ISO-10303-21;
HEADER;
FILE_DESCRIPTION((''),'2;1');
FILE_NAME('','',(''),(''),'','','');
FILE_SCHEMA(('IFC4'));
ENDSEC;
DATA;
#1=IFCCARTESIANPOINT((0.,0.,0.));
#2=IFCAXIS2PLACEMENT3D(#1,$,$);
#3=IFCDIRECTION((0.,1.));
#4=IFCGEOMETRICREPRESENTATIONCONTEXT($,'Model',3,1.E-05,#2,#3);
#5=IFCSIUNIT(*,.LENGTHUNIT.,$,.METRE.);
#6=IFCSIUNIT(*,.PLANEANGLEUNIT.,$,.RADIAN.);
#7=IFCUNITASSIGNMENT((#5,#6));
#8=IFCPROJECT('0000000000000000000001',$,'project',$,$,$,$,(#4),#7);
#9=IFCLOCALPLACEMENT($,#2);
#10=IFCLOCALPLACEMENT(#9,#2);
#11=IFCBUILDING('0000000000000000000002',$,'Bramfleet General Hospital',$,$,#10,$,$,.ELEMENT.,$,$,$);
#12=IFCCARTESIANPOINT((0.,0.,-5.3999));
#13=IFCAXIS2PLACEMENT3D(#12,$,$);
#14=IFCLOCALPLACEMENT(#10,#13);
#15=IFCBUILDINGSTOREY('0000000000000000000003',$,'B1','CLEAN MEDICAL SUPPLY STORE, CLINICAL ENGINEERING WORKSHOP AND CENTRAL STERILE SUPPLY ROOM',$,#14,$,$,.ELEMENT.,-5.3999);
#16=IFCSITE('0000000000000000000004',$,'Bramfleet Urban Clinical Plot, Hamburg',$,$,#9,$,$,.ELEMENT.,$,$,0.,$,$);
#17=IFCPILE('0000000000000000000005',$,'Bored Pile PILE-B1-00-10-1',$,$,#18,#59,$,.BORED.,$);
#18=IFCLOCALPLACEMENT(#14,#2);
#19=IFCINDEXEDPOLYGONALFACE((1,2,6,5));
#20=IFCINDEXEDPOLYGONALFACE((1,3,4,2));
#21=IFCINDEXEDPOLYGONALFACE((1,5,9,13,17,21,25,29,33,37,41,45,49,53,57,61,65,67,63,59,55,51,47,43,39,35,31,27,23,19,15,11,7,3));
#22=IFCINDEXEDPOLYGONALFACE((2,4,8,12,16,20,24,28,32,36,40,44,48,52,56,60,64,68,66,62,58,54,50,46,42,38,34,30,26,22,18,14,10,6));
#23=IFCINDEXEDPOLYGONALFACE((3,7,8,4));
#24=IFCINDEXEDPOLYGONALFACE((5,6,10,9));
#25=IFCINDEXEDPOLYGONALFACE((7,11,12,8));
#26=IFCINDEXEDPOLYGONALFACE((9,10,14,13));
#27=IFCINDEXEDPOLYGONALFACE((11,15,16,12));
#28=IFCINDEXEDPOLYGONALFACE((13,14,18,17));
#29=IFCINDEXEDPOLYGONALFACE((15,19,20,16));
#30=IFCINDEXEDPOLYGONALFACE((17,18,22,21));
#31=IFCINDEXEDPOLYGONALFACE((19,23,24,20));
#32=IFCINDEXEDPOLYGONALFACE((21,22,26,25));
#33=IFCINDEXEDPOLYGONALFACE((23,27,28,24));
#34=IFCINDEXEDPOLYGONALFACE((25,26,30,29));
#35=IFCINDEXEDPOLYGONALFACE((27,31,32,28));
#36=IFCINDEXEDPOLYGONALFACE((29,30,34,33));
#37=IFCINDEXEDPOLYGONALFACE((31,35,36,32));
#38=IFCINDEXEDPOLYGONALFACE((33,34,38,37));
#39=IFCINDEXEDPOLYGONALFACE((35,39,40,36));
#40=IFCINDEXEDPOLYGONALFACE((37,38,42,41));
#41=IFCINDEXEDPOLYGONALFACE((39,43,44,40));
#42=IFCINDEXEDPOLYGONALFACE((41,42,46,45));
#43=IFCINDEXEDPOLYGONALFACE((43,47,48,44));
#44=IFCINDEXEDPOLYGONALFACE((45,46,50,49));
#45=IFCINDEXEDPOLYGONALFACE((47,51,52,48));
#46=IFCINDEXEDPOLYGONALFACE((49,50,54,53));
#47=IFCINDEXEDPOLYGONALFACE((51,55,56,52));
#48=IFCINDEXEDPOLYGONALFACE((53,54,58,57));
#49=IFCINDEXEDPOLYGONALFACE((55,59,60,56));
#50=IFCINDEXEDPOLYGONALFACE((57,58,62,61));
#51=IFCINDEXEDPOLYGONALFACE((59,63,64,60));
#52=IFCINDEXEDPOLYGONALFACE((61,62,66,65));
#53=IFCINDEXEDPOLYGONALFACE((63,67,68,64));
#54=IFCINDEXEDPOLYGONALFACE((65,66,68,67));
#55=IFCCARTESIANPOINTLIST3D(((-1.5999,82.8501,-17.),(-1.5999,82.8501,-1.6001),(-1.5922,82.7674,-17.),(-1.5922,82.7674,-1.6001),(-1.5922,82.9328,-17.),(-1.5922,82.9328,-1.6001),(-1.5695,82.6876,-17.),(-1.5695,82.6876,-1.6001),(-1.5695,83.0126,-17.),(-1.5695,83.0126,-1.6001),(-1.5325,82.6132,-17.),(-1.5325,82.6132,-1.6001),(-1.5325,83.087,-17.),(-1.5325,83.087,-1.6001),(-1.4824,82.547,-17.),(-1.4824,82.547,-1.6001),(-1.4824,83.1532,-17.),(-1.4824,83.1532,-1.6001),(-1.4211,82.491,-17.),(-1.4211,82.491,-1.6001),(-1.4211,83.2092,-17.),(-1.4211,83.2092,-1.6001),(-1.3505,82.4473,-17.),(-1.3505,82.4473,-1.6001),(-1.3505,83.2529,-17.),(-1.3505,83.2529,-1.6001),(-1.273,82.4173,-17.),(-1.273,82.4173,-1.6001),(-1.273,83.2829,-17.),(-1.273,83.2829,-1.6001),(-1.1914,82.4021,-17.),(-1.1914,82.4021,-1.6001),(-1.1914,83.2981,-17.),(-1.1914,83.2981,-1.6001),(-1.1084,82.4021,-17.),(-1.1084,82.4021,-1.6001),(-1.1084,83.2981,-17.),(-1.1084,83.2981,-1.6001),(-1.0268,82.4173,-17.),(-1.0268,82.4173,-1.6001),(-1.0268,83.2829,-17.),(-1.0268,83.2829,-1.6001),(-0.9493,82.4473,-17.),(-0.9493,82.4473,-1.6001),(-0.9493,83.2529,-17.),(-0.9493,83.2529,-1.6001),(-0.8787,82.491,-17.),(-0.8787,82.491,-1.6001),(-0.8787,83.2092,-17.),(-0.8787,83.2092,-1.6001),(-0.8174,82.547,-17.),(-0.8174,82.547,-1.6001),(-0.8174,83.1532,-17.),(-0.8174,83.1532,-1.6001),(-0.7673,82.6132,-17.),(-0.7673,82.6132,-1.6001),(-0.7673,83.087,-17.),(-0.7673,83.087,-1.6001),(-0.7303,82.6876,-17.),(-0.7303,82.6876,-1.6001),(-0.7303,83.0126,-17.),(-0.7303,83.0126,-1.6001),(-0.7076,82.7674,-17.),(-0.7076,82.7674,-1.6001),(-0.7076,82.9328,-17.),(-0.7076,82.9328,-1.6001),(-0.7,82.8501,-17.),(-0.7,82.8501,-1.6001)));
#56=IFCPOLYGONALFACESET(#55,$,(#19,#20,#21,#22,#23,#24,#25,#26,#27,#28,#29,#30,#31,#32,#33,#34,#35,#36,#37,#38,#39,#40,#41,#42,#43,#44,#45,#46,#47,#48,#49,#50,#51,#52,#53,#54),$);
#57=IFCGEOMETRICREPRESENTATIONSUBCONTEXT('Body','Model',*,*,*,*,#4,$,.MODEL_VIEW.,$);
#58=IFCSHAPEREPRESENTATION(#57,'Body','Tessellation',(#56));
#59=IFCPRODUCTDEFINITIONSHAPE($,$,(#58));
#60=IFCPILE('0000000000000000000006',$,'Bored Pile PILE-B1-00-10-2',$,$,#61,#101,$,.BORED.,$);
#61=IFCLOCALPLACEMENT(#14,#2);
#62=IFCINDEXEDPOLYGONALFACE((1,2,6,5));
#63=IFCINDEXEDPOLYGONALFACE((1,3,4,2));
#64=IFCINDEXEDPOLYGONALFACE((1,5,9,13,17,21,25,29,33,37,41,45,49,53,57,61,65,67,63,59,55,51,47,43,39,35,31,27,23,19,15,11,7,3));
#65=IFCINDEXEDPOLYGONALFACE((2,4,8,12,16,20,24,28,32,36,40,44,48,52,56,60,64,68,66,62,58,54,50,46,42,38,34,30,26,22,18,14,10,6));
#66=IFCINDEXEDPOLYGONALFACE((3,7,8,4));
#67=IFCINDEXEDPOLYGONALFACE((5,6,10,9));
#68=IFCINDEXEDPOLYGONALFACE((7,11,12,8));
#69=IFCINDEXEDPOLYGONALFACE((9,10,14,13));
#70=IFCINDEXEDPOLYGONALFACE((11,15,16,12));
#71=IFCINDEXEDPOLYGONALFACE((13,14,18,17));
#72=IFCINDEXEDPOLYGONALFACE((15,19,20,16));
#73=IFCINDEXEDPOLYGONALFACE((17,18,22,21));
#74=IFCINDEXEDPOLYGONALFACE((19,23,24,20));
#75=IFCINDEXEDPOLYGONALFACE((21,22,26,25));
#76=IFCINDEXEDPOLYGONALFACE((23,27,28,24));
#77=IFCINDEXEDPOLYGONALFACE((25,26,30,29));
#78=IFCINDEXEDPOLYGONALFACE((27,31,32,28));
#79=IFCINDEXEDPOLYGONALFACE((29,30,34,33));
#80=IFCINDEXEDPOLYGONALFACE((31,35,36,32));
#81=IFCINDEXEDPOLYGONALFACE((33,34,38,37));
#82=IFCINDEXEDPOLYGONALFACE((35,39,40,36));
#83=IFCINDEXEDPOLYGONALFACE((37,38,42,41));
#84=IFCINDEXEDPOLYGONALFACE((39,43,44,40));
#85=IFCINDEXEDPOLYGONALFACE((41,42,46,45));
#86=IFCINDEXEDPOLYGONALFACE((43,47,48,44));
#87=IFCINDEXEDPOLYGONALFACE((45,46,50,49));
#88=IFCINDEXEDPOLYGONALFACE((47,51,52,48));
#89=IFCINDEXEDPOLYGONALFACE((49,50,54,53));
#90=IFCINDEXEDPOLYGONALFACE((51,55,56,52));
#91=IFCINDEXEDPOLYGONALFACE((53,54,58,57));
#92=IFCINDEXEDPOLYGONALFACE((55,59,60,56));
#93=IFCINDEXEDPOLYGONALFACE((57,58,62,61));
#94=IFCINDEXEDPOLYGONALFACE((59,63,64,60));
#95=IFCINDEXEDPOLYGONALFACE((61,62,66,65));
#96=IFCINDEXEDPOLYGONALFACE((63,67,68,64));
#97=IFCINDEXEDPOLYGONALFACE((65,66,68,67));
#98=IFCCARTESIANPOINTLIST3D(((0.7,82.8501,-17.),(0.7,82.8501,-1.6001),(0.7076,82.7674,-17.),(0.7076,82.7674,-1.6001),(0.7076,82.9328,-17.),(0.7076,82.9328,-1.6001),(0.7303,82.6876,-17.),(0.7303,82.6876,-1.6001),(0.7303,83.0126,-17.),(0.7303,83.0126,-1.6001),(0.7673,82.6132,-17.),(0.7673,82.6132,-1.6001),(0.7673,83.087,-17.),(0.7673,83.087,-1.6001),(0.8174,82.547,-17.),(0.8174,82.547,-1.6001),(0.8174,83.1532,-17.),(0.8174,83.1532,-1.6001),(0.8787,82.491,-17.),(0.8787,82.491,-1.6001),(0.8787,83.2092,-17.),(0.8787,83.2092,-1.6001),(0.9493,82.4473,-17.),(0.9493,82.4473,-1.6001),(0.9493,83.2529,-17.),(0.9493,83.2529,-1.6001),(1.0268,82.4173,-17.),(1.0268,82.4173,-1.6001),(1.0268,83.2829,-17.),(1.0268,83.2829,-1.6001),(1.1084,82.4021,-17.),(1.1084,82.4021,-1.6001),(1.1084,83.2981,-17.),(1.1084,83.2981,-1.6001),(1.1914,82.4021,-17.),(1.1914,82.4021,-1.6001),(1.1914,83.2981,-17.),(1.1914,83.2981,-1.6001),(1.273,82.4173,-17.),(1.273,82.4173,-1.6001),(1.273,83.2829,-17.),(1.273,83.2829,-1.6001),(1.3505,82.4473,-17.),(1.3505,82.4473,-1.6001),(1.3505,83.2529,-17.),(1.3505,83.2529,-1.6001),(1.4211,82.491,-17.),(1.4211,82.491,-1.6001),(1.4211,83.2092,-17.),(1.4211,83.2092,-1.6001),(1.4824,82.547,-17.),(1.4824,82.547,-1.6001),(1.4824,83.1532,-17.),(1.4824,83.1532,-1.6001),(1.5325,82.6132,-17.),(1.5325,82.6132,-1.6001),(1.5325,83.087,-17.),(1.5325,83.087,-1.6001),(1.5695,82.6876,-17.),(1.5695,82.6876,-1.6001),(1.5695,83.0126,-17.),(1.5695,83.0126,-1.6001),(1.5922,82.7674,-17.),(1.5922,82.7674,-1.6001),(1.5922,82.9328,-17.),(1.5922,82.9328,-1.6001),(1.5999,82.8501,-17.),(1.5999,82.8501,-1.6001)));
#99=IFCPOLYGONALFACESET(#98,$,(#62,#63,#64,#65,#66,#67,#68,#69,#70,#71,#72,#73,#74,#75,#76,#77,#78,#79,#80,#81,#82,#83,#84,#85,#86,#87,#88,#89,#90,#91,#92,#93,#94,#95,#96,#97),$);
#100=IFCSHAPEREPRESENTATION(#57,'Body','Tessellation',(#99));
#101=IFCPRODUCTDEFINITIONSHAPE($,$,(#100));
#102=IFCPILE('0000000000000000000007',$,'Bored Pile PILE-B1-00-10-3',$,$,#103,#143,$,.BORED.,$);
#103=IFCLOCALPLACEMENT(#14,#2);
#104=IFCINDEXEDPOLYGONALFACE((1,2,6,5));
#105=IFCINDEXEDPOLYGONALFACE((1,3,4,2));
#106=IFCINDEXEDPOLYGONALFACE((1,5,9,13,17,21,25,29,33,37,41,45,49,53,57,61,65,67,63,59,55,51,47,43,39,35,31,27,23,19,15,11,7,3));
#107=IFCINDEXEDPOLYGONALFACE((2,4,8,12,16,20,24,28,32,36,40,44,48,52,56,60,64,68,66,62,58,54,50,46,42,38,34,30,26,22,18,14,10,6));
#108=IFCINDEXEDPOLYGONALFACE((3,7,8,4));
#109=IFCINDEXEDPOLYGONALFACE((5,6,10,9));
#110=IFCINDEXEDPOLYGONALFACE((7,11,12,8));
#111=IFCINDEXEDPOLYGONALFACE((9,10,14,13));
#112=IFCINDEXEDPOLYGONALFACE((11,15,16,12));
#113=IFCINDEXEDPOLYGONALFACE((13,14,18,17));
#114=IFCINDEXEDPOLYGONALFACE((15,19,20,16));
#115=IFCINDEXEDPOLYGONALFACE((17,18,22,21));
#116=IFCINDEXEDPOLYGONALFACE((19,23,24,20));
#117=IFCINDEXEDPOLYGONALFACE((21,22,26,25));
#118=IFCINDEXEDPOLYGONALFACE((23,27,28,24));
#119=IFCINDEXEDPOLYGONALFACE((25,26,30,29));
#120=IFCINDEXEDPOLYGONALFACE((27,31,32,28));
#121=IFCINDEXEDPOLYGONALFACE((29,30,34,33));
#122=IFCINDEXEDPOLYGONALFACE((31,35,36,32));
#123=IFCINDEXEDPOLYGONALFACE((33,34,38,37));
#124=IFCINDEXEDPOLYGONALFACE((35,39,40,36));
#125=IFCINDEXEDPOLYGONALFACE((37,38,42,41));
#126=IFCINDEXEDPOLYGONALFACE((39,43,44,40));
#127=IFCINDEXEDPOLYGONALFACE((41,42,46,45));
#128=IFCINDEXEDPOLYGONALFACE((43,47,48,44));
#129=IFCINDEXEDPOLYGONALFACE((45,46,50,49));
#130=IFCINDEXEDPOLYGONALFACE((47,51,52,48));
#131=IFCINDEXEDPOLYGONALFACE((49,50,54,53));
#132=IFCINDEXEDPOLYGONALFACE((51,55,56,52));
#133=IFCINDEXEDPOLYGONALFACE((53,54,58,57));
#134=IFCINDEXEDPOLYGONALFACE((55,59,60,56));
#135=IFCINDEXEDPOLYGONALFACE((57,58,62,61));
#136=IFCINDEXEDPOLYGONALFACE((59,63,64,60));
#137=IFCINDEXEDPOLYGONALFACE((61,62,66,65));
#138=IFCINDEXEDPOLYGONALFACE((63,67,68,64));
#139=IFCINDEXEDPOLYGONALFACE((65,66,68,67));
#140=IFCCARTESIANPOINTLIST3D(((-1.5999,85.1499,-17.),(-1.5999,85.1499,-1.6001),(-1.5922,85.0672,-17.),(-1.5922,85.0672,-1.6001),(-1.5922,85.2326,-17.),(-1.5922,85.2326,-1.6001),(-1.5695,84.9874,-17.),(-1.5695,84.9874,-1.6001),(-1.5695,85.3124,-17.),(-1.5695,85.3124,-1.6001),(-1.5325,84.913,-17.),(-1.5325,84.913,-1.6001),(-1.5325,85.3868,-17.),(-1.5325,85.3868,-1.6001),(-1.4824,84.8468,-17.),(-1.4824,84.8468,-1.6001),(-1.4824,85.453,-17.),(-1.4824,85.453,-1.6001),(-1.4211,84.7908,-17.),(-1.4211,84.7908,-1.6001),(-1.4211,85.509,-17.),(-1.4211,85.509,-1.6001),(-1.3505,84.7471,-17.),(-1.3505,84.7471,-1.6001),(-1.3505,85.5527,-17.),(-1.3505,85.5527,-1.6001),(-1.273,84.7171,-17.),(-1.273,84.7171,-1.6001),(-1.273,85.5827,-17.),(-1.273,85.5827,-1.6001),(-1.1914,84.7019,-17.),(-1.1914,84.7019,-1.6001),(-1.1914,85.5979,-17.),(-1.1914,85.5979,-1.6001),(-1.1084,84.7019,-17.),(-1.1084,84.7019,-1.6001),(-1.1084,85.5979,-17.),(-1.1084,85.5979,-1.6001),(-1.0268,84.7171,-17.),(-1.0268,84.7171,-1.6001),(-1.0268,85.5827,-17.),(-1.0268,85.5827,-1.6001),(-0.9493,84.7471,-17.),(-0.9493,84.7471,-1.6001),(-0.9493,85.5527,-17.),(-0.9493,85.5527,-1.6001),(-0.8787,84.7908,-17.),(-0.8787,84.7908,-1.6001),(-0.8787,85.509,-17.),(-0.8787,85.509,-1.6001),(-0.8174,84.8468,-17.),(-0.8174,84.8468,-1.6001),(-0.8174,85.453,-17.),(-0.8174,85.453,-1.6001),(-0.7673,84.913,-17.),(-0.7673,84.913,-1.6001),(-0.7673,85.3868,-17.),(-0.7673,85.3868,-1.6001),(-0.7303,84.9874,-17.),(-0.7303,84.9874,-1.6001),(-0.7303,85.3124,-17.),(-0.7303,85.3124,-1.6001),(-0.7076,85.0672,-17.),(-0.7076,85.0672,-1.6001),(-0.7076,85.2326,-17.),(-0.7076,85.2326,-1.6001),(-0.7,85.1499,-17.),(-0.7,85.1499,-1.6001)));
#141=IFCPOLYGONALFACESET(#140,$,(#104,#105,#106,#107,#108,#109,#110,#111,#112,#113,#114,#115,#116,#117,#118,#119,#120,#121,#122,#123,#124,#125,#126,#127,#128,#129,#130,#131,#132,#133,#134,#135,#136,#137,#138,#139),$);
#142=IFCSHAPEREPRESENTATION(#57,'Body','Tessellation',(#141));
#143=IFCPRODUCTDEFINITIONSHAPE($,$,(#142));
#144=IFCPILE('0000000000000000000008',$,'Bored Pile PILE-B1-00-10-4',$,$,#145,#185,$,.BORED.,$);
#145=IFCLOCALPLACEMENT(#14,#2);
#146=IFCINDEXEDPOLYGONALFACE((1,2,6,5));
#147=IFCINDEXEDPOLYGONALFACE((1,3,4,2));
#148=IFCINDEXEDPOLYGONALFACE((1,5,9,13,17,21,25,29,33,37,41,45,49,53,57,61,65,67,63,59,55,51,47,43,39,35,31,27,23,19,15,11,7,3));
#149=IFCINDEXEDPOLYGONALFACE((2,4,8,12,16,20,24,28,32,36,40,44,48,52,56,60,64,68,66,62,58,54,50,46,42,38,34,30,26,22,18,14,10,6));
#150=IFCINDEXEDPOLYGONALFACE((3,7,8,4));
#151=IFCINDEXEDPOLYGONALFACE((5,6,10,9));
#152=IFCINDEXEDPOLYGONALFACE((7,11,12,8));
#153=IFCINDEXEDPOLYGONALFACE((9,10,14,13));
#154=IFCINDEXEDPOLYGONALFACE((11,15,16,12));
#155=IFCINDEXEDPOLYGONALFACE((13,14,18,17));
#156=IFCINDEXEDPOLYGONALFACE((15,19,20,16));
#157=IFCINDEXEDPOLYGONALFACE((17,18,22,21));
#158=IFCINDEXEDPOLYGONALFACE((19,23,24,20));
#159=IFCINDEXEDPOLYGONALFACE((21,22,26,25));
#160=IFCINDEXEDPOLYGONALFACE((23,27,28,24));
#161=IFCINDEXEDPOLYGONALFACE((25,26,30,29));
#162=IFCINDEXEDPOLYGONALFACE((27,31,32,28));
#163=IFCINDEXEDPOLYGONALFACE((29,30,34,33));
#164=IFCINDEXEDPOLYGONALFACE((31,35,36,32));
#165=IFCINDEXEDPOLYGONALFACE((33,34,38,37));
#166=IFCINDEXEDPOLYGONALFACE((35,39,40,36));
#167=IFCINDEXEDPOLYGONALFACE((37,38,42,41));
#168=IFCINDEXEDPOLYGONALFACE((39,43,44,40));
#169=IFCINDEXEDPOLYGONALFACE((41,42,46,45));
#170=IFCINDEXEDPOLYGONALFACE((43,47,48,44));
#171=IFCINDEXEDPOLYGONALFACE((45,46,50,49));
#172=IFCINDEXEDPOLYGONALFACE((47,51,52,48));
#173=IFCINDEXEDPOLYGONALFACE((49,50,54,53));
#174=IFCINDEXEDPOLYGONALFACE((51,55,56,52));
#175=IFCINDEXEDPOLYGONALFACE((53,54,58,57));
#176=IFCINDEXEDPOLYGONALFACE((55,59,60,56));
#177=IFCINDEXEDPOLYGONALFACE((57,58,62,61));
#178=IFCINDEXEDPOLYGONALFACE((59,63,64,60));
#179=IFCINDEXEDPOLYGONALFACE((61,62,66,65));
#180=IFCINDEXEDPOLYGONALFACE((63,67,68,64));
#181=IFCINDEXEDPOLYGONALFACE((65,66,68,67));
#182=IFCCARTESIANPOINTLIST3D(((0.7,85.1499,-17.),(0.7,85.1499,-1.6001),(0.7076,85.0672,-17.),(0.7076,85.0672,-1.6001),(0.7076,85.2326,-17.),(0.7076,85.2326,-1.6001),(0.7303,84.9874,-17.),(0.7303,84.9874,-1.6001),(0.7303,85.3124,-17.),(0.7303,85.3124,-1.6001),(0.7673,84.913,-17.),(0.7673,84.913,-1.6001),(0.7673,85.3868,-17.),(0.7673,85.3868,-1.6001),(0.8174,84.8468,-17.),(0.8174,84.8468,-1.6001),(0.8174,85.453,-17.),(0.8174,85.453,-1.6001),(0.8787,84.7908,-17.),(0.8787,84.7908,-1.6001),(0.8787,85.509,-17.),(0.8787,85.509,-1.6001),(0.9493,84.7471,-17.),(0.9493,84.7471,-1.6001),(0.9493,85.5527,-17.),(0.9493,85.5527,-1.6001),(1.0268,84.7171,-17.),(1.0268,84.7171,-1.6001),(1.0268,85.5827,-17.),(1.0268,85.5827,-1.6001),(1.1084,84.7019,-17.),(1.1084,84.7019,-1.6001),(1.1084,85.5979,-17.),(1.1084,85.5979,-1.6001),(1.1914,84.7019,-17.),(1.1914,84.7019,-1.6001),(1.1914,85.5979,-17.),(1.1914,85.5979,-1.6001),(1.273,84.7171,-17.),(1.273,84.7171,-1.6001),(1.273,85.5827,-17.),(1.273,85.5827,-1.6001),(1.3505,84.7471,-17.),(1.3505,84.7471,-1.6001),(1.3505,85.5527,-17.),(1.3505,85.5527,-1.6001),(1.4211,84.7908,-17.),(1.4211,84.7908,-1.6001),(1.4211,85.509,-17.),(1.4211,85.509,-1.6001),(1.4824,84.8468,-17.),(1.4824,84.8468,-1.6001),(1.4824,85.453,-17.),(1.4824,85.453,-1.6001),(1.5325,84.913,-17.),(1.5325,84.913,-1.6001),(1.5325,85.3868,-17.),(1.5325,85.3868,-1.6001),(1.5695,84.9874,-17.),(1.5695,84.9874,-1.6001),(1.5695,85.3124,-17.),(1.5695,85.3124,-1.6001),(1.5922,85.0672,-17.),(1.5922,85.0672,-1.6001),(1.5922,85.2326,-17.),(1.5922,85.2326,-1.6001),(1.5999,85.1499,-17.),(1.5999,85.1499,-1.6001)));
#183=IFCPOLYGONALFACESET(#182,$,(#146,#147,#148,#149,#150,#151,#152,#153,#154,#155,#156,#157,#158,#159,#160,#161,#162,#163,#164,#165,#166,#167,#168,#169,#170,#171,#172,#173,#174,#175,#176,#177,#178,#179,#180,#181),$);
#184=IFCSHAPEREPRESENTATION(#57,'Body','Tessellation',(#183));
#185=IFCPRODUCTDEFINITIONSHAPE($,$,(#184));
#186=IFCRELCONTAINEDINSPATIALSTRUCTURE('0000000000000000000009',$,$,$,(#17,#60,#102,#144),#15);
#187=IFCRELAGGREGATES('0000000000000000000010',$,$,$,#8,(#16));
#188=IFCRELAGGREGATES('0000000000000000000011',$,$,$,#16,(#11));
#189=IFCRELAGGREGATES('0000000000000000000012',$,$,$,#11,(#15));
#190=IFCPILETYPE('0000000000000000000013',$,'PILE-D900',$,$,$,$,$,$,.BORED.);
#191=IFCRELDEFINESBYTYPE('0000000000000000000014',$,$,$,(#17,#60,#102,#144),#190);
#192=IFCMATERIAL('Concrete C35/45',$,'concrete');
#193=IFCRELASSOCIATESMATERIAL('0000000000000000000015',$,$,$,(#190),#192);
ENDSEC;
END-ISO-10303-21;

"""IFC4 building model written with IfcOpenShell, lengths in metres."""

from ifc_helpers import new_model, si_unit, direction, frame, origin, origin_2d, place, context, subcontext, project, spatial, circle, extrude, material, material_profile, profile_set, type_object, element, save


model = new_model("IFC4")

# Units and contexts
model_context = context("Model", 3, precision=1e-05, world=origin(), true_north=direction((0.0, 1.0)))
body_context = subcontext(model_context, "Body", "Model", "MODEL_VIEW")
ifc_project = project(units=[si_unit("LENGTHUNIT", "METRE"), si_unit("PLANEANGLEUNIT", "RADIAN")], contexts=[model_context])

# Site, building, storey
site_placement = place(None, origin())
site = spatial("IfcSite", under=ifc_project, at=site_placement, Name="Bramfleet Urban Clinical Plot, Hamburg", CompositionType="ELEMENT", RefElevation=0.0)
building_placement = place(site_placement, origin())
building = spatial("IfcBuilding", under=site, at=building_placement, Name="Bramfleet General Hospital", CompositionType="ELEMENT")
storey_placement = place(building_placement, frame((0.0, 0.0, -5.3999)))
storey = spatial("IfcBuildingStorey", under=building, at=storey_placement, Name="B1", Description="CLEAN MEDICAL SUPPLY STORE, CLINICAL ENGINEERING WORKSHOP AND CENTRAL STERILE SUPPLY ROOM", CompositionType="ELEMENT", Elevation=-5.3999)

# Shared definitions
ifc_material_1 = material(Name="Concrete C35/45", Category="concrete")

# Piles
ifc_material_profile_1 = material_profile(ifc_material_1, circle(Radius=0.45, at=origin_2d()), Name="PILE BORED D900")
ifc_profile_set_1 = profile_set([ifc_material_profile_1], Name="Concrete C35/45")
pile_type = type_object("IfcPileType", Name="PILE-D900", PredefinedType="BORED", material=ifc_profile_set_1)
for number, where, z_axis, x_axis, name in (
    (1, (-1.1499, 82.8501, -1.6001), (0.0, 0.0, -1.0), (1.0, 0.0, 0.0), "Bored Pile PILE-B1-00-10-1"),
    (2, (1.1499, 82.8501, -1.6001), (0.0, 0.0, -1.0), (1.0, 0.0, 0.0), "Bored Pile PILE-B1-00-10-2"),
    (3, (-1.1499, 85.1499, -1.6001), (0.0, 0.0, -1.0), (1.0, 0.0, 0.0), "Bored Pile PILE-B1-00-10-3"),
    (4, (1.1499, 85.1499, -1.6001), (0.0, 0.0, -1.0), (1.0, 0.0, 0.0), "Bored Pile PILE-B1-00-10-4"),
):
    element("IfcPile", number, at=place(storey_placement, frame(where, z_axis=z_axis, x_axis=x_axis)), inside=storey, type_object=pile_type, Name=name, PredefinedType="BORED", context=body_context, shape_type="SweptSolid", body=[
        extrude(circle(Radius=0.45, at=origin_2d()), origin(), (0.0, 0.0, 1.0), 15.3999),
    ])

save(model, "model.ifc")
